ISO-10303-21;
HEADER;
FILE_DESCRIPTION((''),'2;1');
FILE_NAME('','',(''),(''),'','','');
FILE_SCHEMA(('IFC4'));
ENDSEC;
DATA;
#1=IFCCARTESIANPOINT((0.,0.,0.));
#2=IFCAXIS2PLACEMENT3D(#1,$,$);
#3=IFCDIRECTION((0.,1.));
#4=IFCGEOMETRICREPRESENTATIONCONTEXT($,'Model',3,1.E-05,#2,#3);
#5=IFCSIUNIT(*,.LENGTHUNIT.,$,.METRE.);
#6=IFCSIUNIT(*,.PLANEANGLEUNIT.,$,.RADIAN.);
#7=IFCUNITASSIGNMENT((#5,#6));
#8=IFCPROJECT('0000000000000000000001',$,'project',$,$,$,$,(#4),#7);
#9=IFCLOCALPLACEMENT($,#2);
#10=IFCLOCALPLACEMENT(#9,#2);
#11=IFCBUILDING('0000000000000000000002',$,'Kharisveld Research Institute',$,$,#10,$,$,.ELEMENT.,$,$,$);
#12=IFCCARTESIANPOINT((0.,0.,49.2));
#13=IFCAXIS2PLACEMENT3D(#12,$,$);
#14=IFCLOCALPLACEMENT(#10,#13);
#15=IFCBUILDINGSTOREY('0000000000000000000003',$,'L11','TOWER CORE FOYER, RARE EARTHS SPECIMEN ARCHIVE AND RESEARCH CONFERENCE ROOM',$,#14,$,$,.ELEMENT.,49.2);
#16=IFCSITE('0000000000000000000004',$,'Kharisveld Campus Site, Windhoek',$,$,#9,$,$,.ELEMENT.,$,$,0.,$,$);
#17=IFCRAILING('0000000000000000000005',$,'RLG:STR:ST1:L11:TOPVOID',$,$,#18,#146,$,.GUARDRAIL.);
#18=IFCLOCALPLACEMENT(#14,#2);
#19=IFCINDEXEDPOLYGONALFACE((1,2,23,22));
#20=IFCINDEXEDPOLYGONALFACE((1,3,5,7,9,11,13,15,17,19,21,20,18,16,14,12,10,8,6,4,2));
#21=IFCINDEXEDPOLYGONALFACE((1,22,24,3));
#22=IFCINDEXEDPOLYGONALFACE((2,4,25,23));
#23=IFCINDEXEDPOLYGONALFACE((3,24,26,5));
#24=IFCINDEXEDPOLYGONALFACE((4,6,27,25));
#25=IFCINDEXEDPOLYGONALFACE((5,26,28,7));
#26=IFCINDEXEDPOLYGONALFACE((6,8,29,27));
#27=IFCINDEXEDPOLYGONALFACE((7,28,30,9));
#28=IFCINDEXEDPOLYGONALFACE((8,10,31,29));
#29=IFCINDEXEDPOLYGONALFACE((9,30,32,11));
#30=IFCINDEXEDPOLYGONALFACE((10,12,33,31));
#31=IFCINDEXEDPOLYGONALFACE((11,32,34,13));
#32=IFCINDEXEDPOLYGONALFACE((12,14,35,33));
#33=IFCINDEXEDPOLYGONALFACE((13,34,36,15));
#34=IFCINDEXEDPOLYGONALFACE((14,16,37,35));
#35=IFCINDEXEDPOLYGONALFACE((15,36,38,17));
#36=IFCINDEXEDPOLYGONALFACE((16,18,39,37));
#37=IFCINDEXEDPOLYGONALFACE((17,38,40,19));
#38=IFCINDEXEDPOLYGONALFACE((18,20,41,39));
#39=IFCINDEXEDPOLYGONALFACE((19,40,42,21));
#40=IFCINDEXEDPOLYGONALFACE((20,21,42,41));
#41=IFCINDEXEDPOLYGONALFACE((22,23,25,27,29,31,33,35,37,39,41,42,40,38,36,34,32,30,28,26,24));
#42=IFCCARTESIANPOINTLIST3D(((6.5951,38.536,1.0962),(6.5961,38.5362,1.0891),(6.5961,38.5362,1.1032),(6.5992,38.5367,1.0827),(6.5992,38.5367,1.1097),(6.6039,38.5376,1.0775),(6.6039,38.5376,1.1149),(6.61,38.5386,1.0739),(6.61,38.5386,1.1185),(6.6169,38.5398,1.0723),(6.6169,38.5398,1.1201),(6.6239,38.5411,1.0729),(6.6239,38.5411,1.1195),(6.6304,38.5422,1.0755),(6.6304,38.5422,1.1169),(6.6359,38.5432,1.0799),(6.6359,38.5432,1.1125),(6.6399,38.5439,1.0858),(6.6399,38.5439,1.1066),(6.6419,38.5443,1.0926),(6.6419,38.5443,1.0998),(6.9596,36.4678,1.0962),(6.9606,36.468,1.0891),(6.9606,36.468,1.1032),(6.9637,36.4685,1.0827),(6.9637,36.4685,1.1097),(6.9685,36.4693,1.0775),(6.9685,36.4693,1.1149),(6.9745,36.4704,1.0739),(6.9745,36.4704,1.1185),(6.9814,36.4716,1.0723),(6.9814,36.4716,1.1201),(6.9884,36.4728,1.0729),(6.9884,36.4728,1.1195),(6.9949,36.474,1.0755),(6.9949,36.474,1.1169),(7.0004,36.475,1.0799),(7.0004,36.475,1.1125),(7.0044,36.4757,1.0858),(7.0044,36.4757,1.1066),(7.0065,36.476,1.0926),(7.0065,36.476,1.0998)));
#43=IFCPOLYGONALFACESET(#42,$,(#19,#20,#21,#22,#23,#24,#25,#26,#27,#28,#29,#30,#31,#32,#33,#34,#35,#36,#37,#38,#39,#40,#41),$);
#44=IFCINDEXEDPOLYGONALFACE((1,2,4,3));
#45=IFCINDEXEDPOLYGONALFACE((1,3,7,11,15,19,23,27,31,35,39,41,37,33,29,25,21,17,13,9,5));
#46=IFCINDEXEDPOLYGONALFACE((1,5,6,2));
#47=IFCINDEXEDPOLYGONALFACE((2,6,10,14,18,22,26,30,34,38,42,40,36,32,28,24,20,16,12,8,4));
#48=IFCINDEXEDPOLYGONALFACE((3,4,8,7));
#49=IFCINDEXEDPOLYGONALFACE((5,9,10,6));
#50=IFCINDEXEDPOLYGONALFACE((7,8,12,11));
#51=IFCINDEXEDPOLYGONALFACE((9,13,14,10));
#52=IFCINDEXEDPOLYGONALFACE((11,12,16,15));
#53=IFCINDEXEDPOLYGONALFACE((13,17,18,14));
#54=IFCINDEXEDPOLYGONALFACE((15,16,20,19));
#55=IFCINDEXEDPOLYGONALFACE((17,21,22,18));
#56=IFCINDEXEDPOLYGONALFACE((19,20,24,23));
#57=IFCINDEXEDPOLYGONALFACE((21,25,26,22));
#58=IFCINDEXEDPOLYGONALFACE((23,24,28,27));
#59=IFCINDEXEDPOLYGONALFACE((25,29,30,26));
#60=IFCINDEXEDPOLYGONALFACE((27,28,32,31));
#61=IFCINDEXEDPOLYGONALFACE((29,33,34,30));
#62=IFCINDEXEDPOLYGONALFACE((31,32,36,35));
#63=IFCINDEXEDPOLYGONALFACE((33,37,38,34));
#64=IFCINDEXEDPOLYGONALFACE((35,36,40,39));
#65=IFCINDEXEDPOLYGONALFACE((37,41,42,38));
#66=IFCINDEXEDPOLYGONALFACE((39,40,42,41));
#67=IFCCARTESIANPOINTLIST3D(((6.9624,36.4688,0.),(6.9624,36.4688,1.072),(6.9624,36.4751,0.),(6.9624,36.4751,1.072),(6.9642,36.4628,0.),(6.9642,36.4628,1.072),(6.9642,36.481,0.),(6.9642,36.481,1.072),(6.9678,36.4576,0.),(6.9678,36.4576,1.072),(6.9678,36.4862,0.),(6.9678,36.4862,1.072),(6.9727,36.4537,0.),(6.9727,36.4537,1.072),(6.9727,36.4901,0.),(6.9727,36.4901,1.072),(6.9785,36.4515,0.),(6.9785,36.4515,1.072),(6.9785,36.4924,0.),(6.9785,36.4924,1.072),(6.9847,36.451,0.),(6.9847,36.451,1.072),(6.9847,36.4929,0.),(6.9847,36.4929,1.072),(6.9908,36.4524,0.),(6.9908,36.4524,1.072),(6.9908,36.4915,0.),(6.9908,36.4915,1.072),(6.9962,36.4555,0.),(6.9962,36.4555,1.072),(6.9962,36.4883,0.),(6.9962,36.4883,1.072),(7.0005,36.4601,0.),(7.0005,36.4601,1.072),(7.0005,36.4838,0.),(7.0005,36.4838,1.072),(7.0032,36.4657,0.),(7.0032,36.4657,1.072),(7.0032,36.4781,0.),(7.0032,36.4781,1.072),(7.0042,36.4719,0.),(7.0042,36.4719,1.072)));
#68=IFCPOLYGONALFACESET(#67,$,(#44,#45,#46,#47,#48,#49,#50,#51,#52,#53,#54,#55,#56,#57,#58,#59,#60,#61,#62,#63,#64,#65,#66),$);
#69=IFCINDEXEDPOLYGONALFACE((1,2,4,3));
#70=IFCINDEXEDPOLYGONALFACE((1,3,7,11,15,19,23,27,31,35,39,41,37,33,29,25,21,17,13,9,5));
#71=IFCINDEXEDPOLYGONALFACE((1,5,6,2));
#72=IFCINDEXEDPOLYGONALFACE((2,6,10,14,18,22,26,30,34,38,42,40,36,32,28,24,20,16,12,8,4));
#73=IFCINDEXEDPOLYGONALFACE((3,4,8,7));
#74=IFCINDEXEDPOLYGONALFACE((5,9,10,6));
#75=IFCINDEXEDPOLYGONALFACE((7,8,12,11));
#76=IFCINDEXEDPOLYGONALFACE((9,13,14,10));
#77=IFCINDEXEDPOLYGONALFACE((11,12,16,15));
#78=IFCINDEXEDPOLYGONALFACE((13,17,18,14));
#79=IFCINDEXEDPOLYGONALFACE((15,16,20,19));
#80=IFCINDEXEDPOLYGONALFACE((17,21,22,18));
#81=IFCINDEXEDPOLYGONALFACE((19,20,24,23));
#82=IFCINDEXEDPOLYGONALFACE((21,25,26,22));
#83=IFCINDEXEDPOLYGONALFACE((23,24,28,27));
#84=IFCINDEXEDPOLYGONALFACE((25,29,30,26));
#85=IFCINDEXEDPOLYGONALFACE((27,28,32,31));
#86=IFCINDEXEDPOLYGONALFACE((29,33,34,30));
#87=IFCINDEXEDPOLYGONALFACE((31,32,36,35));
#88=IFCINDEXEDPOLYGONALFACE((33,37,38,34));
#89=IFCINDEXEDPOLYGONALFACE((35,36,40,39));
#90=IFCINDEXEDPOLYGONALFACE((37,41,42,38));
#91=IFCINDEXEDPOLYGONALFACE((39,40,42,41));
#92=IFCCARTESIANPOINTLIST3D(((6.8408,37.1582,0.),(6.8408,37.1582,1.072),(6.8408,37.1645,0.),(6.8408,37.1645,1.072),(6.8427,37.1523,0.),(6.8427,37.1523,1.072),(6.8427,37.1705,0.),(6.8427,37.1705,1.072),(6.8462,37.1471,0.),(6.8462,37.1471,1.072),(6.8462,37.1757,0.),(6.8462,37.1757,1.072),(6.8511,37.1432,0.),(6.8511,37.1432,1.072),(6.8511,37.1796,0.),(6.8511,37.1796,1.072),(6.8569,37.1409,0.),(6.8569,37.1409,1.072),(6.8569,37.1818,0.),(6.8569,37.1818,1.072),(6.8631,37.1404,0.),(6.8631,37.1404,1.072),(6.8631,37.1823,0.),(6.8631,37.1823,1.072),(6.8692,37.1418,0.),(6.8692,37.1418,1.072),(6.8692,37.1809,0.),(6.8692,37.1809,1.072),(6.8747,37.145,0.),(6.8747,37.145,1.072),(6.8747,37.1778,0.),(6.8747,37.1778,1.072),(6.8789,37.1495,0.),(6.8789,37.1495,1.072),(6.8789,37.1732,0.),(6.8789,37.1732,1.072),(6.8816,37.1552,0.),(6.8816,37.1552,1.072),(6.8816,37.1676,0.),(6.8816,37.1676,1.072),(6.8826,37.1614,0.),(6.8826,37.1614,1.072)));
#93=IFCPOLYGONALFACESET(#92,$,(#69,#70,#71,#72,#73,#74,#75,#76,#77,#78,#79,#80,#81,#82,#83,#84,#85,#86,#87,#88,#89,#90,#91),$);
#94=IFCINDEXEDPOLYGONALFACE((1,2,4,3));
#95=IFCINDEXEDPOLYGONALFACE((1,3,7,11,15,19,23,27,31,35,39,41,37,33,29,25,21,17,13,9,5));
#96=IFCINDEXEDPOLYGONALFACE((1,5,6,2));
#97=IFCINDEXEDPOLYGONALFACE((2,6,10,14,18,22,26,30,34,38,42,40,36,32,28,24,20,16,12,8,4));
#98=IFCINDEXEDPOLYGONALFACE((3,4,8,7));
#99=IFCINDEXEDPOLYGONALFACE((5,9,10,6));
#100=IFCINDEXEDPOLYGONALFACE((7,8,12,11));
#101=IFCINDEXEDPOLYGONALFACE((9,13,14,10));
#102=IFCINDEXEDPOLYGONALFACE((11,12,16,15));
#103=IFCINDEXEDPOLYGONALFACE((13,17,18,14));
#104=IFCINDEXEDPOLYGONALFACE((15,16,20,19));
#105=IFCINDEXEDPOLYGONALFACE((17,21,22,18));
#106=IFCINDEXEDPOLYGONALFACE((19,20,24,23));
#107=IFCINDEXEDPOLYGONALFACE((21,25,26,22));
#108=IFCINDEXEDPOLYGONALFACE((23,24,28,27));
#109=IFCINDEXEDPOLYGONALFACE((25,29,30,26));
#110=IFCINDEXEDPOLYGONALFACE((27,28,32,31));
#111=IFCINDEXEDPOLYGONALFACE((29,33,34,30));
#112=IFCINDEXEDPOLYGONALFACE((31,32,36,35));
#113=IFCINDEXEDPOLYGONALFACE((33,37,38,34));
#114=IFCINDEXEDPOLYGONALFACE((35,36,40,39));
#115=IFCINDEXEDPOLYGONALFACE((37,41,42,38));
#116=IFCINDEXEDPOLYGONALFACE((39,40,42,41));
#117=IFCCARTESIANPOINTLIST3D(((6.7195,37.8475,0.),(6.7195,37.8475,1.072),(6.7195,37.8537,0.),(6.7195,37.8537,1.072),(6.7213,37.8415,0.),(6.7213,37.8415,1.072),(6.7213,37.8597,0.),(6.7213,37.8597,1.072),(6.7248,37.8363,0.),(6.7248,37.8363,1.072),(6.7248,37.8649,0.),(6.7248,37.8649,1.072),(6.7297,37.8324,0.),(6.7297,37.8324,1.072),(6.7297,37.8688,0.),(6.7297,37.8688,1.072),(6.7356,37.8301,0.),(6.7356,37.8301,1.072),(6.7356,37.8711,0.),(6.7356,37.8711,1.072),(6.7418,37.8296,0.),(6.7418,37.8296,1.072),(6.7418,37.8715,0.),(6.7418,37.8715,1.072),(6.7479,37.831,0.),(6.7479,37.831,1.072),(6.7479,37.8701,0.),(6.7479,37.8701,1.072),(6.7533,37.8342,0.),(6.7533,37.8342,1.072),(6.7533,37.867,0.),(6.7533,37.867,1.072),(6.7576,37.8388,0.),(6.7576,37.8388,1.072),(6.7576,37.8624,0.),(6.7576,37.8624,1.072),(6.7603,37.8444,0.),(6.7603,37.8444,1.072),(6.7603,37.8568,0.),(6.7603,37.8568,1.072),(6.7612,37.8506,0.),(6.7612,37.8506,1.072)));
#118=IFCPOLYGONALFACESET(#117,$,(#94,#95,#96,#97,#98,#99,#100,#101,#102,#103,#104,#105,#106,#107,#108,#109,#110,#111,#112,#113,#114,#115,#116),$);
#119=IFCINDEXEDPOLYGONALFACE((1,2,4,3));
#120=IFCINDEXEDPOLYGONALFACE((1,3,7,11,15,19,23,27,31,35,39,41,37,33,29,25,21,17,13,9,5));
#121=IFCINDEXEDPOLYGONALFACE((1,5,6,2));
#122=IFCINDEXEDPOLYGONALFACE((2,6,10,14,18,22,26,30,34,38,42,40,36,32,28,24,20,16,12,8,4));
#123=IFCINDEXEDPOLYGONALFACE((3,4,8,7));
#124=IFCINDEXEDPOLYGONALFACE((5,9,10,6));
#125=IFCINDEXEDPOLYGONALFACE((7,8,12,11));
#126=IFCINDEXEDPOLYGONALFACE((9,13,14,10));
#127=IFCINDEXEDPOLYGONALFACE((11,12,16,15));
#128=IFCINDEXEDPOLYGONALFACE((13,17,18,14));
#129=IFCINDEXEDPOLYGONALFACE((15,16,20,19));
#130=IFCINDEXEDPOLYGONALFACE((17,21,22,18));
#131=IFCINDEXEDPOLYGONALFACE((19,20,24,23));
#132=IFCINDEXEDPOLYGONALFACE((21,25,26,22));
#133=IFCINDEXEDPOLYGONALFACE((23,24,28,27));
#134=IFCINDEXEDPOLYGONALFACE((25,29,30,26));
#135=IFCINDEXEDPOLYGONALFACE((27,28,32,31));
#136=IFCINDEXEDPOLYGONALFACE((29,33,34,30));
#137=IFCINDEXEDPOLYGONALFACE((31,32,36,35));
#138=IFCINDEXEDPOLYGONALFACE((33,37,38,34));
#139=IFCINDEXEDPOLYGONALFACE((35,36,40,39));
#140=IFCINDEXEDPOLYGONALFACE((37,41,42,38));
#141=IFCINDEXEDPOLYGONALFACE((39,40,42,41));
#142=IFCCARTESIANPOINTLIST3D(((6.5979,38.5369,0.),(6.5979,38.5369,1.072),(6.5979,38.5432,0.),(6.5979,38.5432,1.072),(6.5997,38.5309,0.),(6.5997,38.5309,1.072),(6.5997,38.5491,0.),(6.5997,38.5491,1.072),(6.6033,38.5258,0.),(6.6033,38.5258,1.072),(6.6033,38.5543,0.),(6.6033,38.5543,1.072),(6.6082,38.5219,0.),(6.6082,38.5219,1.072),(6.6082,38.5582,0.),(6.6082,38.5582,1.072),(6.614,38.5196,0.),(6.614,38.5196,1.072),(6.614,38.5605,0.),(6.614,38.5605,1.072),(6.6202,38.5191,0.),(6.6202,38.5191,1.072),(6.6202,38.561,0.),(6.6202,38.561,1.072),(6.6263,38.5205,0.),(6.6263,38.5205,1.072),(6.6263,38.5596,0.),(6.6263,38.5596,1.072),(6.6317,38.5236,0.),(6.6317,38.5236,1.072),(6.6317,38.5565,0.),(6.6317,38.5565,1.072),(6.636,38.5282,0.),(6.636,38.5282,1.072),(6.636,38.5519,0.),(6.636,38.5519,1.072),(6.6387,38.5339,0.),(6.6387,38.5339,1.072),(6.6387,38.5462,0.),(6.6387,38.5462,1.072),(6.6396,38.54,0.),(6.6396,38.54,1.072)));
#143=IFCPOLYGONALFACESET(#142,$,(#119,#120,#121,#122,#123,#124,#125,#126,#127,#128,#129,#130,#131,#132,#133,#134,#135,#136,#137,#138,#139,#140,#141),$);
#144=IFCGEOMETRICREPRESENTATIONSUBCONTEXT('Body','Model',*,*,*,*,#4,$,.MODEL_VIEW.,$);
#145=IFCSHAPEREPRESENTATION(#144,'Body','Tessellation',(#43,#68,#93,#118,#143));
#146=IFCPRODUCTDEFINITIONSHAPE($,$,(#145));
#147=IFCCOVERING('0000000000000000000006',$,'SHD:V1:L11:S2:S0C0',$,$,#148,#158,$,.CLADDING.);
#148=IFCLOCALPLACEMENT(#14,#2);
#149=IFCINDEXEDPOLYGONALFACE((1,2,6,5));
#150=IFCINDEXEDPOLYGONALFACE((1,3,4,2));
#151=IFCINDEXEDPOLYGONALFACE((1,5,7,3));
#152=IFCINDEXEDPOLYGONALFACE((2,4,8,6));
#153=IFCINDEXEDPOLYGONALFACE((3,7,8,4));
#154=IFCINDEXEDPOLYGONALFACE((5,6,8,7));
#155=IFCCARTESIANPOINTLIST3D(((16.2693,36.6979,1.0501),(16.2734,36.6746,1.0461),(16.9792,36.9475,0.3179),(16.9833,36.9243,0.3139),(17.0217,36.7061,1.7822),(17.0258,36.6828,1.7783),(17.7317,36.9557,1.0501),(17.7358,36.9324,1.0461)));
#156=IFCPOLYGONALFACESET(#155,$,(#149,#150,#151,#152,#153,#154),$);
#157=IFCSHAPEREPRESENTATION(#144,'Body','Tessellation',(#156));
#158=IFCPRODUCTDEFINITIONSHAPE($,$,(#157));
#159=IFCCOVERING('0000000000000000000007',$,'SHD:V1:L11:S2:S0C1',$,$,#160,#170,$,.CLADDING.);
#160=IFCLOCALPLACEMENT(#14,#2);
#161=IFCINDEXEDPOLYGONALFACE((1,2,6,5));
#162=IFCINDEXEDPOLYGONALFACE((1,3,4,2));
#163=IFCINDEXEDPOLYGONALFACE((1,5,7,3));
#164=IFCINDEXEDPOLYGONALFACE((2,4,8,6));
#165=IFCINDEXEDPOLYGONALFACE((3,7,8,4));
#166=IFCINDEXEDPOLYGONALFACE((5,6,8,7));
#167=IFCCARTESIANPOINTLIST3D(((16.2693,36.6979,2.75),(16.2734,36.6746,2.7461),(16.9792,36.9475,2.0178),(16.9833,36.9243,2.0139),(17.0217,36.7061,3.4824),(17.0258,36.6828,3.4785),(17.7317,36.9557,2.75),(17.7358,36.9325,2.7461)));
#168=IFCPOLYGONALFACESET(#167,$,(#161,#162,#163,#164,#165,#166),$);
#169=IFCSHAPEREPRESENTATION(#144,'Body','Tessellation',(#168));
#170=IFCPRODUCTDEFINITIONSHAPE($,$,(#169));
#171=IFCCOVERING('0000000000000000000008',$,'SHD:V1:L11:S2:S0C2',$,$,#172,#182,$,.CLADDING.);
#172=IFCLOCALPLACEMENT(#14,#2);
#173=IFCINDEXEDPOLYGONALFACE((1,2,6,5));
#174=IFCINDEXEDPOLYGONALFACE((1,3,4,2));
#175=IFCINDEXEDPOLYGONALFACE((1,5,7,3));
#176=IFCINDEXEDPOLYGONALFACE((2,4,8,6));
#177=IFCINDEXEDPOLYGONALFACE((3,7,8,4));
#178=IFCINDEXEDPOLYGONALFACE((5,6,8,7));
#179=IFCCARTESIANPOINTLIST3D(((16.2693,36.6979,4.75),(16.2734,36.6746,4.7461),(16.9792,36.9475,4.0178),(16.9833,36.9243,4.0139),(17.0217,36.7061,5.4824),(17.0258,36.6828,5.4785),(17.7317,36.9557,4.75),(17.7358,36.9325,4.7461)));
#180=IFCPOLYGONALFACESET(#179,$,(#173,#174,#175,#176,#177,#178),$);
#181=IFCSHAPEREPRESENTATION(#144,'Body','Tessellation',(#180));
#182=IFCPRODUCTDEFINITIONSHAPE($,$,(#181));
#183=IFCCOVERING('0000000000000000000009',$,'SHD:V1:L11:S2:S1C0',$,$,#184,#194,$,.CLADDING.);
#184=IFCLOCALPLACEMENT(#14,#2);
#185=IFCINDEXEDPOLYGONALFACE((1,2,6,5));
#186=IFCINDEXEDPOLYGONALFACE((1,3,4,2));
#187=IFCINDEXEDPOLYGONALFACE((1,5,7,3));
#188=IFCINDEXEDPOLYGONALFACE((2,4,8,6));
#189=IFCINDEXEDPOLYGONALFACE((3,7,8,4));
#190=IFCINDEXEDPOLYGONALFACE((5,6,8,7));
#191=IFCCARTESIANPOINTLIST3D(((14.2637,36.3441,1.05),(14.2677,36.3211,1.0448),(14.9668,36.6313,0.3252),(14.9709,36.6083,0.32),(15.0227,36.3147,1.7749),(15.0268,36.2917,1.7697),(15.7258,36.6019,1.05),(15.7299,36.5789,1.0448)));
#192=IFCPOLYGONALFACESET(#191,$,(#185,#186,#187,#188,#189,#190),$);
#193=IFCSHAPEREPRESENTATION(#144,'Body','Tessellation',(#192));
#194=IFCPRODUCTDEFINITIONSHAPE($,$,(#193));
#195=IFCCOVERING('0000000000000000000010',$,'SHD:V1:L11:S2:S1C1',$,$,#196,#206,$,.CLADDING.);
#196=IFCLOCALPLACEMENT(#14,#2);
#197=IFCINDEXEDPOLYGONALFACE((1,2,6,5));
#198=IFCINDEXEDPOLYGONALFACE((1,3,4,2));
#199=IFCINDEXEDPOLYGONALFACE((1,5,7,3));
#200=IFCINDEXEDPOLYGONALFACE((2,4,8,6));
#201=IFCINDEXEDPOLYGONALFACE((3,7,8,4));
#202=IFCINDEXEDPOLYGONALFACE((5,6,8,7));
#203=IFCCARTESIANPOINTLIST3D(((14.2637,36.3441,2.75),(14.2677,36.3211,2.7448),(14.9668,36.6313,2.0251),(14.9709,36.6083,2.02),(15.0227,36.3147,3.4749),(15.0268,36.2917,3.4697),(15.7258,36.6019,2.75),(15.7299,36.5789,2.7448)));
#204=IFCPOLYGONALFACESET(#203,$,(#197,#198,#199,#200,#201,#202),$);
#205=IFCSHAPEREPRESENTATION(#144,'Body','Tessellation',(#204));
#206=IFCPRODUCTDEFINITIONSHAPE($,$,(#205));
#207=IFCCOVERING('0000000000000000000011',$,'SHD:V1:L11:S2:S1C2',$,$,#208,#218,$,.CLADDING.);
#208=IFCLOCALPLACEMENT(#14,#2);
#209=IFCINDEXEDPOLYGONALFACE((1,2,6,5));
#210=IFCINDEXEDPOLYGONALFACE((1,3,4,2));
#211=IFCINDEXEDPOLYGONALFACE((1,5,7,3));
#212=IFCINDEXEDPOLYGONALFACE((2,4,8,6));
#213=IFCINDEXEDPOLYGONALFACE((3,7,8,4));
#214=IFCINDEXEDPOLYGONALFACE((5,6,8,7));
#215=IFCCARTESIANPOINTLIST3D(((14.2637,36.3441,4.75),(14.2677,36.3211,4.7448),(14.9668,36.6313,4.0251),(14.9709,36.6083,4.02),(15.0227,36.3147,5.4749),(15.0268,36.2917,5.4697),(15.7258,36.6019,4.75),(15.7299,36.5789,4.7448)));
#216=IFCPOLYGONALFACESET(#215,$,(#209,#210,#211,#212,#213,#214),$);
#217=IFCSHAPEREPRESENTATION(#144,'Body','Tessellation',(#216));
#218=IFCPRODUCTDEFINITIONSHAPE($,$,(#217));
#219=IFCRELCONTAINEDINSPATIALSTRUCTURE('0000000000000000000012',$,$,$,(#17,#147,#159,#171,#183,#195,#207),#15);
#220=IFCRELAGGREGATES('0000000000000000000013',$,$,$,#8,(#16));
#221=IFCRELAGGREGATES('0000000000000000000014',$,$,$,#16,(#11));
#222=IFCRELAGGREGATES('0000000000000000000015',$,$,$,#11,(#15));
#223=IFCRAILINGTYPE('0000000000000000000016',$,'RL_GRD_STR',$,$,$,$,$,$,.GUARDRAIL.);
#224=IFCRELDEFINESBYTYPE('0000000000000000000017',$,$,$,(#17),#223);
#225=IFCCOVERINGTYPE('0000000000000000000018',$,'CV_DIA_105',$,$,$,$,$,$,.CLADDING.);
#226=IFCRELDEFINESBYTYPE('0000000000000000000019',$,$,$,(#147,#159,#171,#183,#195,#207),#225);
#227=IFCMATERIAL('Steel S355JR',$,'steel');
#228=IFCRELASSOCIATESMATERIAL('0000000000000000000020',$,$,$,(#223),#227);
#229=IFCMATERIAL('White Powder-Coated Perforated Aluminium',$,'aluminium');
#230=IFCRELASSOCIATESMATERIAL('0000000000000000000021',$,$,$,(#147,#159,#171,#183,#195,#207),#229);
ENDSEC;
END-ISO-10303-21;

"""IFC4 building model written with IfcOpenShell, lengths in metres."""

from ifc_helpers import new_model, si_unit, direction, frame, origin, origin_2d, place, context, subcontext, project, spatial, polyline, circle, outline, extrude, material, type_object, element, save


model = new_model("IFC4")

# Units and contexts
model_context = context("Model", 3, precision=1e-05, world=origin(), true_north=direction((0.0, 1.0)))
body_context = subcontext(model_context, "Body", "Model", "MODEL_VIEW")
ifc_project = project(units=[si_unit("LENGTHUNIT", "METRE"), si_unit("PLANEANGLEUNIT", "RADIAN")], contexts=[model_context])

# Site, building, storey
site_placement = place(None, origin())
site = spatial("IfcSite", under=ifc_project, at=site_placement, Name="Kharisveld Campus Site, Windhoek", CompositionType="ELEMENT", RefElevation=0.0)
building_placement = place(site_placement, origin())
building = spatial("IfcBuilding", under=site, at=building_placement, Name="Kharisveld Research Institute", CompositionType="ELEMENT")
storey_placement = place(building_placement, frame((0.0, 0.0, 49.2)))
storey = spatial("IfcBuildingStorey", under=building, at=storey_placement, Name="L11", Description="TOWER CORE FOYER, RARE EARTHS SPECIMEN ARCHIVE AND RESEARCH CONFERENCE ROOM", CompositionType="ELEMENT", Elevation=49.2)

# Railing
ifc_material_1 = material(Name="Steel S355JR", Category="steel")
railing_type = type_object("IfcRailingType", Name="RL_GRD_STR", PredefinedType="GUARDRAIL", material=ifc_material_1)
railing_placement = place(storey_placement, frame((6.9832, 36.4719, 0.0)))
element("IfcRailing", 1, at=railing_placement, inside=storey, type_object=railing_type, Name="RLG:STR:ST1:L11:TOPVOID", PredefinedType="GUARDRAIL", context=body_context, shape_type="SweptSolid", body=[
    extrude(circle(Radius=0.0239, at=origin_2d()), frame((0.0, 0.0, 1.0962), z_axis=(-0.173573, 0.984821, 0.0), x_axis=(-0.984821, -0.173573, 0.0)), (0.0, 0.0, 1.0), 2.1001),
    extrude(circle(Radius=0.021, at=origin_2d()), origin(), (0.0, 0.0, 1.0), 1.072),
    extrude(circle(Radius=0.021, at=origin_2d()), frame((-0.1216, 0.6895, 0.0)), (0.0, 0.0, 1.0), 1.072),
    extrude(circle(Radius=0.021, at=origin_2d()), frame((-0.2429, 1.3787, 0.0)), (0.0, 0.0, 1.0), 1.072),
    extrude(circle(Radius=0.021, at=origin_2d()), frame((-0.3645, 2.0681, 0.0)), (0.0, 0.0, 1.0), 1.072),
])

# Coverings
ifc_material_2 = material(Name="White Powder-Coated Perforated Aluminium", Category="aluminium")
covering_type = type_object("IfcCoveringType", Name="CV_DIA_105", PredefinedType="CLADDING")
covering_1_placement = place(storey_placement, frame((16.9792, 36.9475, 0.3179), z_axis=(-0.171233, 0.971295, 0.165123), x_axis=(-0.676171, -0.237752, 0.697329)))
element("IfcCovering", 2, at=covering_1_placement, inside=storey, type_object=covering_type, material=ifc_material_2, Name="SHD:V1:L11:S2:S0C0", PredefinedType="CLADDING", context=body_context, shape_type="SweptSolid", body=[
    extrude(outline(polyline([(0.0, 0.0), (1.05, 0.0), (1.0498, 1.0499), (-0.0001, 1.0499), (0.0, 0.0)])), origin(), (0.0, 0.0, -1.0), 0.0239),
])
for number, where, z_axis, x_axis, name in (
    (3, (16.9792, 36.9475, 2.0178), (-0.171234, 0.971299, 0.165096), (-0.676174, -0.237734, 0.697332), "SHD:V1:L11:S2:S0C1"),
    (4, (16.9792, 36.9475, 4.0178), (-0.171234, 0.971299, 0.165096), (-0.676174, -0.237734, 0.697332), "SHD:V1:L11:S2:S0C2"),
):
    element("IfcCovering", number, at=place(storey_placement, frame(where, z_axis=z_axis, x_axis=x_axis)), inside=storey, type_object=covering_type, material=ifc_material_2, Name=name, PredefinedType="CLADDING", context=body_context, shape_type="SweptSolid", body=[
        extrude(outline(polyline([(0.0, 0.0), (1.05, 0.0), (1.05, 1.0501), (-0.0001, 1.0499), (0.0, 0.0)])), origin(), (0.0, 0.0, -1.0), 0.0239),
    ])
for number, where, z_axis, x_axis, name in (
    (5, (14.9668, 36.6313, 0.3252), (-0.169525, 0.961443, 0.21654), (-0.669706, -0.273579, 0.690397), "SHD:V1:L11:S2:S1C0"),
    (6, (14.9668, 36.6313, 2.0251), (-0.169525, 0.961443, 0.21654), (-0.669706, -0.273579, 0.690397), "SHD:V1:L11:S2:S1C1"),
    (7, (14.9668, 36.6313, 4.0251), (-0.169525, 0.961443, 0.21654), (-0.669706, -0.273579, 0.690397), "SHD:V1:L11:S2:S1C2"),
):
    element("IfcCovering", number, at=place(storey_placement, frame(where, z_axis=z_axis, x_axis=x_axis)), inside=storey, type_object=covering_type, material=ifc_material_2, Name=name, PredefinedType="CLADDING", context=body_context, shape_type="SweptSolid", body=[
        extrude(outline(polyline([(0.0, 0.0), (1.0499, 0.0), (1.0501, 1.05), (0.0001, 1.05), (0.0, 0.0)])), origin(), (0.0, 0.0, -1.0), 0.0239),
    ])

save(model, "model.ifc")
